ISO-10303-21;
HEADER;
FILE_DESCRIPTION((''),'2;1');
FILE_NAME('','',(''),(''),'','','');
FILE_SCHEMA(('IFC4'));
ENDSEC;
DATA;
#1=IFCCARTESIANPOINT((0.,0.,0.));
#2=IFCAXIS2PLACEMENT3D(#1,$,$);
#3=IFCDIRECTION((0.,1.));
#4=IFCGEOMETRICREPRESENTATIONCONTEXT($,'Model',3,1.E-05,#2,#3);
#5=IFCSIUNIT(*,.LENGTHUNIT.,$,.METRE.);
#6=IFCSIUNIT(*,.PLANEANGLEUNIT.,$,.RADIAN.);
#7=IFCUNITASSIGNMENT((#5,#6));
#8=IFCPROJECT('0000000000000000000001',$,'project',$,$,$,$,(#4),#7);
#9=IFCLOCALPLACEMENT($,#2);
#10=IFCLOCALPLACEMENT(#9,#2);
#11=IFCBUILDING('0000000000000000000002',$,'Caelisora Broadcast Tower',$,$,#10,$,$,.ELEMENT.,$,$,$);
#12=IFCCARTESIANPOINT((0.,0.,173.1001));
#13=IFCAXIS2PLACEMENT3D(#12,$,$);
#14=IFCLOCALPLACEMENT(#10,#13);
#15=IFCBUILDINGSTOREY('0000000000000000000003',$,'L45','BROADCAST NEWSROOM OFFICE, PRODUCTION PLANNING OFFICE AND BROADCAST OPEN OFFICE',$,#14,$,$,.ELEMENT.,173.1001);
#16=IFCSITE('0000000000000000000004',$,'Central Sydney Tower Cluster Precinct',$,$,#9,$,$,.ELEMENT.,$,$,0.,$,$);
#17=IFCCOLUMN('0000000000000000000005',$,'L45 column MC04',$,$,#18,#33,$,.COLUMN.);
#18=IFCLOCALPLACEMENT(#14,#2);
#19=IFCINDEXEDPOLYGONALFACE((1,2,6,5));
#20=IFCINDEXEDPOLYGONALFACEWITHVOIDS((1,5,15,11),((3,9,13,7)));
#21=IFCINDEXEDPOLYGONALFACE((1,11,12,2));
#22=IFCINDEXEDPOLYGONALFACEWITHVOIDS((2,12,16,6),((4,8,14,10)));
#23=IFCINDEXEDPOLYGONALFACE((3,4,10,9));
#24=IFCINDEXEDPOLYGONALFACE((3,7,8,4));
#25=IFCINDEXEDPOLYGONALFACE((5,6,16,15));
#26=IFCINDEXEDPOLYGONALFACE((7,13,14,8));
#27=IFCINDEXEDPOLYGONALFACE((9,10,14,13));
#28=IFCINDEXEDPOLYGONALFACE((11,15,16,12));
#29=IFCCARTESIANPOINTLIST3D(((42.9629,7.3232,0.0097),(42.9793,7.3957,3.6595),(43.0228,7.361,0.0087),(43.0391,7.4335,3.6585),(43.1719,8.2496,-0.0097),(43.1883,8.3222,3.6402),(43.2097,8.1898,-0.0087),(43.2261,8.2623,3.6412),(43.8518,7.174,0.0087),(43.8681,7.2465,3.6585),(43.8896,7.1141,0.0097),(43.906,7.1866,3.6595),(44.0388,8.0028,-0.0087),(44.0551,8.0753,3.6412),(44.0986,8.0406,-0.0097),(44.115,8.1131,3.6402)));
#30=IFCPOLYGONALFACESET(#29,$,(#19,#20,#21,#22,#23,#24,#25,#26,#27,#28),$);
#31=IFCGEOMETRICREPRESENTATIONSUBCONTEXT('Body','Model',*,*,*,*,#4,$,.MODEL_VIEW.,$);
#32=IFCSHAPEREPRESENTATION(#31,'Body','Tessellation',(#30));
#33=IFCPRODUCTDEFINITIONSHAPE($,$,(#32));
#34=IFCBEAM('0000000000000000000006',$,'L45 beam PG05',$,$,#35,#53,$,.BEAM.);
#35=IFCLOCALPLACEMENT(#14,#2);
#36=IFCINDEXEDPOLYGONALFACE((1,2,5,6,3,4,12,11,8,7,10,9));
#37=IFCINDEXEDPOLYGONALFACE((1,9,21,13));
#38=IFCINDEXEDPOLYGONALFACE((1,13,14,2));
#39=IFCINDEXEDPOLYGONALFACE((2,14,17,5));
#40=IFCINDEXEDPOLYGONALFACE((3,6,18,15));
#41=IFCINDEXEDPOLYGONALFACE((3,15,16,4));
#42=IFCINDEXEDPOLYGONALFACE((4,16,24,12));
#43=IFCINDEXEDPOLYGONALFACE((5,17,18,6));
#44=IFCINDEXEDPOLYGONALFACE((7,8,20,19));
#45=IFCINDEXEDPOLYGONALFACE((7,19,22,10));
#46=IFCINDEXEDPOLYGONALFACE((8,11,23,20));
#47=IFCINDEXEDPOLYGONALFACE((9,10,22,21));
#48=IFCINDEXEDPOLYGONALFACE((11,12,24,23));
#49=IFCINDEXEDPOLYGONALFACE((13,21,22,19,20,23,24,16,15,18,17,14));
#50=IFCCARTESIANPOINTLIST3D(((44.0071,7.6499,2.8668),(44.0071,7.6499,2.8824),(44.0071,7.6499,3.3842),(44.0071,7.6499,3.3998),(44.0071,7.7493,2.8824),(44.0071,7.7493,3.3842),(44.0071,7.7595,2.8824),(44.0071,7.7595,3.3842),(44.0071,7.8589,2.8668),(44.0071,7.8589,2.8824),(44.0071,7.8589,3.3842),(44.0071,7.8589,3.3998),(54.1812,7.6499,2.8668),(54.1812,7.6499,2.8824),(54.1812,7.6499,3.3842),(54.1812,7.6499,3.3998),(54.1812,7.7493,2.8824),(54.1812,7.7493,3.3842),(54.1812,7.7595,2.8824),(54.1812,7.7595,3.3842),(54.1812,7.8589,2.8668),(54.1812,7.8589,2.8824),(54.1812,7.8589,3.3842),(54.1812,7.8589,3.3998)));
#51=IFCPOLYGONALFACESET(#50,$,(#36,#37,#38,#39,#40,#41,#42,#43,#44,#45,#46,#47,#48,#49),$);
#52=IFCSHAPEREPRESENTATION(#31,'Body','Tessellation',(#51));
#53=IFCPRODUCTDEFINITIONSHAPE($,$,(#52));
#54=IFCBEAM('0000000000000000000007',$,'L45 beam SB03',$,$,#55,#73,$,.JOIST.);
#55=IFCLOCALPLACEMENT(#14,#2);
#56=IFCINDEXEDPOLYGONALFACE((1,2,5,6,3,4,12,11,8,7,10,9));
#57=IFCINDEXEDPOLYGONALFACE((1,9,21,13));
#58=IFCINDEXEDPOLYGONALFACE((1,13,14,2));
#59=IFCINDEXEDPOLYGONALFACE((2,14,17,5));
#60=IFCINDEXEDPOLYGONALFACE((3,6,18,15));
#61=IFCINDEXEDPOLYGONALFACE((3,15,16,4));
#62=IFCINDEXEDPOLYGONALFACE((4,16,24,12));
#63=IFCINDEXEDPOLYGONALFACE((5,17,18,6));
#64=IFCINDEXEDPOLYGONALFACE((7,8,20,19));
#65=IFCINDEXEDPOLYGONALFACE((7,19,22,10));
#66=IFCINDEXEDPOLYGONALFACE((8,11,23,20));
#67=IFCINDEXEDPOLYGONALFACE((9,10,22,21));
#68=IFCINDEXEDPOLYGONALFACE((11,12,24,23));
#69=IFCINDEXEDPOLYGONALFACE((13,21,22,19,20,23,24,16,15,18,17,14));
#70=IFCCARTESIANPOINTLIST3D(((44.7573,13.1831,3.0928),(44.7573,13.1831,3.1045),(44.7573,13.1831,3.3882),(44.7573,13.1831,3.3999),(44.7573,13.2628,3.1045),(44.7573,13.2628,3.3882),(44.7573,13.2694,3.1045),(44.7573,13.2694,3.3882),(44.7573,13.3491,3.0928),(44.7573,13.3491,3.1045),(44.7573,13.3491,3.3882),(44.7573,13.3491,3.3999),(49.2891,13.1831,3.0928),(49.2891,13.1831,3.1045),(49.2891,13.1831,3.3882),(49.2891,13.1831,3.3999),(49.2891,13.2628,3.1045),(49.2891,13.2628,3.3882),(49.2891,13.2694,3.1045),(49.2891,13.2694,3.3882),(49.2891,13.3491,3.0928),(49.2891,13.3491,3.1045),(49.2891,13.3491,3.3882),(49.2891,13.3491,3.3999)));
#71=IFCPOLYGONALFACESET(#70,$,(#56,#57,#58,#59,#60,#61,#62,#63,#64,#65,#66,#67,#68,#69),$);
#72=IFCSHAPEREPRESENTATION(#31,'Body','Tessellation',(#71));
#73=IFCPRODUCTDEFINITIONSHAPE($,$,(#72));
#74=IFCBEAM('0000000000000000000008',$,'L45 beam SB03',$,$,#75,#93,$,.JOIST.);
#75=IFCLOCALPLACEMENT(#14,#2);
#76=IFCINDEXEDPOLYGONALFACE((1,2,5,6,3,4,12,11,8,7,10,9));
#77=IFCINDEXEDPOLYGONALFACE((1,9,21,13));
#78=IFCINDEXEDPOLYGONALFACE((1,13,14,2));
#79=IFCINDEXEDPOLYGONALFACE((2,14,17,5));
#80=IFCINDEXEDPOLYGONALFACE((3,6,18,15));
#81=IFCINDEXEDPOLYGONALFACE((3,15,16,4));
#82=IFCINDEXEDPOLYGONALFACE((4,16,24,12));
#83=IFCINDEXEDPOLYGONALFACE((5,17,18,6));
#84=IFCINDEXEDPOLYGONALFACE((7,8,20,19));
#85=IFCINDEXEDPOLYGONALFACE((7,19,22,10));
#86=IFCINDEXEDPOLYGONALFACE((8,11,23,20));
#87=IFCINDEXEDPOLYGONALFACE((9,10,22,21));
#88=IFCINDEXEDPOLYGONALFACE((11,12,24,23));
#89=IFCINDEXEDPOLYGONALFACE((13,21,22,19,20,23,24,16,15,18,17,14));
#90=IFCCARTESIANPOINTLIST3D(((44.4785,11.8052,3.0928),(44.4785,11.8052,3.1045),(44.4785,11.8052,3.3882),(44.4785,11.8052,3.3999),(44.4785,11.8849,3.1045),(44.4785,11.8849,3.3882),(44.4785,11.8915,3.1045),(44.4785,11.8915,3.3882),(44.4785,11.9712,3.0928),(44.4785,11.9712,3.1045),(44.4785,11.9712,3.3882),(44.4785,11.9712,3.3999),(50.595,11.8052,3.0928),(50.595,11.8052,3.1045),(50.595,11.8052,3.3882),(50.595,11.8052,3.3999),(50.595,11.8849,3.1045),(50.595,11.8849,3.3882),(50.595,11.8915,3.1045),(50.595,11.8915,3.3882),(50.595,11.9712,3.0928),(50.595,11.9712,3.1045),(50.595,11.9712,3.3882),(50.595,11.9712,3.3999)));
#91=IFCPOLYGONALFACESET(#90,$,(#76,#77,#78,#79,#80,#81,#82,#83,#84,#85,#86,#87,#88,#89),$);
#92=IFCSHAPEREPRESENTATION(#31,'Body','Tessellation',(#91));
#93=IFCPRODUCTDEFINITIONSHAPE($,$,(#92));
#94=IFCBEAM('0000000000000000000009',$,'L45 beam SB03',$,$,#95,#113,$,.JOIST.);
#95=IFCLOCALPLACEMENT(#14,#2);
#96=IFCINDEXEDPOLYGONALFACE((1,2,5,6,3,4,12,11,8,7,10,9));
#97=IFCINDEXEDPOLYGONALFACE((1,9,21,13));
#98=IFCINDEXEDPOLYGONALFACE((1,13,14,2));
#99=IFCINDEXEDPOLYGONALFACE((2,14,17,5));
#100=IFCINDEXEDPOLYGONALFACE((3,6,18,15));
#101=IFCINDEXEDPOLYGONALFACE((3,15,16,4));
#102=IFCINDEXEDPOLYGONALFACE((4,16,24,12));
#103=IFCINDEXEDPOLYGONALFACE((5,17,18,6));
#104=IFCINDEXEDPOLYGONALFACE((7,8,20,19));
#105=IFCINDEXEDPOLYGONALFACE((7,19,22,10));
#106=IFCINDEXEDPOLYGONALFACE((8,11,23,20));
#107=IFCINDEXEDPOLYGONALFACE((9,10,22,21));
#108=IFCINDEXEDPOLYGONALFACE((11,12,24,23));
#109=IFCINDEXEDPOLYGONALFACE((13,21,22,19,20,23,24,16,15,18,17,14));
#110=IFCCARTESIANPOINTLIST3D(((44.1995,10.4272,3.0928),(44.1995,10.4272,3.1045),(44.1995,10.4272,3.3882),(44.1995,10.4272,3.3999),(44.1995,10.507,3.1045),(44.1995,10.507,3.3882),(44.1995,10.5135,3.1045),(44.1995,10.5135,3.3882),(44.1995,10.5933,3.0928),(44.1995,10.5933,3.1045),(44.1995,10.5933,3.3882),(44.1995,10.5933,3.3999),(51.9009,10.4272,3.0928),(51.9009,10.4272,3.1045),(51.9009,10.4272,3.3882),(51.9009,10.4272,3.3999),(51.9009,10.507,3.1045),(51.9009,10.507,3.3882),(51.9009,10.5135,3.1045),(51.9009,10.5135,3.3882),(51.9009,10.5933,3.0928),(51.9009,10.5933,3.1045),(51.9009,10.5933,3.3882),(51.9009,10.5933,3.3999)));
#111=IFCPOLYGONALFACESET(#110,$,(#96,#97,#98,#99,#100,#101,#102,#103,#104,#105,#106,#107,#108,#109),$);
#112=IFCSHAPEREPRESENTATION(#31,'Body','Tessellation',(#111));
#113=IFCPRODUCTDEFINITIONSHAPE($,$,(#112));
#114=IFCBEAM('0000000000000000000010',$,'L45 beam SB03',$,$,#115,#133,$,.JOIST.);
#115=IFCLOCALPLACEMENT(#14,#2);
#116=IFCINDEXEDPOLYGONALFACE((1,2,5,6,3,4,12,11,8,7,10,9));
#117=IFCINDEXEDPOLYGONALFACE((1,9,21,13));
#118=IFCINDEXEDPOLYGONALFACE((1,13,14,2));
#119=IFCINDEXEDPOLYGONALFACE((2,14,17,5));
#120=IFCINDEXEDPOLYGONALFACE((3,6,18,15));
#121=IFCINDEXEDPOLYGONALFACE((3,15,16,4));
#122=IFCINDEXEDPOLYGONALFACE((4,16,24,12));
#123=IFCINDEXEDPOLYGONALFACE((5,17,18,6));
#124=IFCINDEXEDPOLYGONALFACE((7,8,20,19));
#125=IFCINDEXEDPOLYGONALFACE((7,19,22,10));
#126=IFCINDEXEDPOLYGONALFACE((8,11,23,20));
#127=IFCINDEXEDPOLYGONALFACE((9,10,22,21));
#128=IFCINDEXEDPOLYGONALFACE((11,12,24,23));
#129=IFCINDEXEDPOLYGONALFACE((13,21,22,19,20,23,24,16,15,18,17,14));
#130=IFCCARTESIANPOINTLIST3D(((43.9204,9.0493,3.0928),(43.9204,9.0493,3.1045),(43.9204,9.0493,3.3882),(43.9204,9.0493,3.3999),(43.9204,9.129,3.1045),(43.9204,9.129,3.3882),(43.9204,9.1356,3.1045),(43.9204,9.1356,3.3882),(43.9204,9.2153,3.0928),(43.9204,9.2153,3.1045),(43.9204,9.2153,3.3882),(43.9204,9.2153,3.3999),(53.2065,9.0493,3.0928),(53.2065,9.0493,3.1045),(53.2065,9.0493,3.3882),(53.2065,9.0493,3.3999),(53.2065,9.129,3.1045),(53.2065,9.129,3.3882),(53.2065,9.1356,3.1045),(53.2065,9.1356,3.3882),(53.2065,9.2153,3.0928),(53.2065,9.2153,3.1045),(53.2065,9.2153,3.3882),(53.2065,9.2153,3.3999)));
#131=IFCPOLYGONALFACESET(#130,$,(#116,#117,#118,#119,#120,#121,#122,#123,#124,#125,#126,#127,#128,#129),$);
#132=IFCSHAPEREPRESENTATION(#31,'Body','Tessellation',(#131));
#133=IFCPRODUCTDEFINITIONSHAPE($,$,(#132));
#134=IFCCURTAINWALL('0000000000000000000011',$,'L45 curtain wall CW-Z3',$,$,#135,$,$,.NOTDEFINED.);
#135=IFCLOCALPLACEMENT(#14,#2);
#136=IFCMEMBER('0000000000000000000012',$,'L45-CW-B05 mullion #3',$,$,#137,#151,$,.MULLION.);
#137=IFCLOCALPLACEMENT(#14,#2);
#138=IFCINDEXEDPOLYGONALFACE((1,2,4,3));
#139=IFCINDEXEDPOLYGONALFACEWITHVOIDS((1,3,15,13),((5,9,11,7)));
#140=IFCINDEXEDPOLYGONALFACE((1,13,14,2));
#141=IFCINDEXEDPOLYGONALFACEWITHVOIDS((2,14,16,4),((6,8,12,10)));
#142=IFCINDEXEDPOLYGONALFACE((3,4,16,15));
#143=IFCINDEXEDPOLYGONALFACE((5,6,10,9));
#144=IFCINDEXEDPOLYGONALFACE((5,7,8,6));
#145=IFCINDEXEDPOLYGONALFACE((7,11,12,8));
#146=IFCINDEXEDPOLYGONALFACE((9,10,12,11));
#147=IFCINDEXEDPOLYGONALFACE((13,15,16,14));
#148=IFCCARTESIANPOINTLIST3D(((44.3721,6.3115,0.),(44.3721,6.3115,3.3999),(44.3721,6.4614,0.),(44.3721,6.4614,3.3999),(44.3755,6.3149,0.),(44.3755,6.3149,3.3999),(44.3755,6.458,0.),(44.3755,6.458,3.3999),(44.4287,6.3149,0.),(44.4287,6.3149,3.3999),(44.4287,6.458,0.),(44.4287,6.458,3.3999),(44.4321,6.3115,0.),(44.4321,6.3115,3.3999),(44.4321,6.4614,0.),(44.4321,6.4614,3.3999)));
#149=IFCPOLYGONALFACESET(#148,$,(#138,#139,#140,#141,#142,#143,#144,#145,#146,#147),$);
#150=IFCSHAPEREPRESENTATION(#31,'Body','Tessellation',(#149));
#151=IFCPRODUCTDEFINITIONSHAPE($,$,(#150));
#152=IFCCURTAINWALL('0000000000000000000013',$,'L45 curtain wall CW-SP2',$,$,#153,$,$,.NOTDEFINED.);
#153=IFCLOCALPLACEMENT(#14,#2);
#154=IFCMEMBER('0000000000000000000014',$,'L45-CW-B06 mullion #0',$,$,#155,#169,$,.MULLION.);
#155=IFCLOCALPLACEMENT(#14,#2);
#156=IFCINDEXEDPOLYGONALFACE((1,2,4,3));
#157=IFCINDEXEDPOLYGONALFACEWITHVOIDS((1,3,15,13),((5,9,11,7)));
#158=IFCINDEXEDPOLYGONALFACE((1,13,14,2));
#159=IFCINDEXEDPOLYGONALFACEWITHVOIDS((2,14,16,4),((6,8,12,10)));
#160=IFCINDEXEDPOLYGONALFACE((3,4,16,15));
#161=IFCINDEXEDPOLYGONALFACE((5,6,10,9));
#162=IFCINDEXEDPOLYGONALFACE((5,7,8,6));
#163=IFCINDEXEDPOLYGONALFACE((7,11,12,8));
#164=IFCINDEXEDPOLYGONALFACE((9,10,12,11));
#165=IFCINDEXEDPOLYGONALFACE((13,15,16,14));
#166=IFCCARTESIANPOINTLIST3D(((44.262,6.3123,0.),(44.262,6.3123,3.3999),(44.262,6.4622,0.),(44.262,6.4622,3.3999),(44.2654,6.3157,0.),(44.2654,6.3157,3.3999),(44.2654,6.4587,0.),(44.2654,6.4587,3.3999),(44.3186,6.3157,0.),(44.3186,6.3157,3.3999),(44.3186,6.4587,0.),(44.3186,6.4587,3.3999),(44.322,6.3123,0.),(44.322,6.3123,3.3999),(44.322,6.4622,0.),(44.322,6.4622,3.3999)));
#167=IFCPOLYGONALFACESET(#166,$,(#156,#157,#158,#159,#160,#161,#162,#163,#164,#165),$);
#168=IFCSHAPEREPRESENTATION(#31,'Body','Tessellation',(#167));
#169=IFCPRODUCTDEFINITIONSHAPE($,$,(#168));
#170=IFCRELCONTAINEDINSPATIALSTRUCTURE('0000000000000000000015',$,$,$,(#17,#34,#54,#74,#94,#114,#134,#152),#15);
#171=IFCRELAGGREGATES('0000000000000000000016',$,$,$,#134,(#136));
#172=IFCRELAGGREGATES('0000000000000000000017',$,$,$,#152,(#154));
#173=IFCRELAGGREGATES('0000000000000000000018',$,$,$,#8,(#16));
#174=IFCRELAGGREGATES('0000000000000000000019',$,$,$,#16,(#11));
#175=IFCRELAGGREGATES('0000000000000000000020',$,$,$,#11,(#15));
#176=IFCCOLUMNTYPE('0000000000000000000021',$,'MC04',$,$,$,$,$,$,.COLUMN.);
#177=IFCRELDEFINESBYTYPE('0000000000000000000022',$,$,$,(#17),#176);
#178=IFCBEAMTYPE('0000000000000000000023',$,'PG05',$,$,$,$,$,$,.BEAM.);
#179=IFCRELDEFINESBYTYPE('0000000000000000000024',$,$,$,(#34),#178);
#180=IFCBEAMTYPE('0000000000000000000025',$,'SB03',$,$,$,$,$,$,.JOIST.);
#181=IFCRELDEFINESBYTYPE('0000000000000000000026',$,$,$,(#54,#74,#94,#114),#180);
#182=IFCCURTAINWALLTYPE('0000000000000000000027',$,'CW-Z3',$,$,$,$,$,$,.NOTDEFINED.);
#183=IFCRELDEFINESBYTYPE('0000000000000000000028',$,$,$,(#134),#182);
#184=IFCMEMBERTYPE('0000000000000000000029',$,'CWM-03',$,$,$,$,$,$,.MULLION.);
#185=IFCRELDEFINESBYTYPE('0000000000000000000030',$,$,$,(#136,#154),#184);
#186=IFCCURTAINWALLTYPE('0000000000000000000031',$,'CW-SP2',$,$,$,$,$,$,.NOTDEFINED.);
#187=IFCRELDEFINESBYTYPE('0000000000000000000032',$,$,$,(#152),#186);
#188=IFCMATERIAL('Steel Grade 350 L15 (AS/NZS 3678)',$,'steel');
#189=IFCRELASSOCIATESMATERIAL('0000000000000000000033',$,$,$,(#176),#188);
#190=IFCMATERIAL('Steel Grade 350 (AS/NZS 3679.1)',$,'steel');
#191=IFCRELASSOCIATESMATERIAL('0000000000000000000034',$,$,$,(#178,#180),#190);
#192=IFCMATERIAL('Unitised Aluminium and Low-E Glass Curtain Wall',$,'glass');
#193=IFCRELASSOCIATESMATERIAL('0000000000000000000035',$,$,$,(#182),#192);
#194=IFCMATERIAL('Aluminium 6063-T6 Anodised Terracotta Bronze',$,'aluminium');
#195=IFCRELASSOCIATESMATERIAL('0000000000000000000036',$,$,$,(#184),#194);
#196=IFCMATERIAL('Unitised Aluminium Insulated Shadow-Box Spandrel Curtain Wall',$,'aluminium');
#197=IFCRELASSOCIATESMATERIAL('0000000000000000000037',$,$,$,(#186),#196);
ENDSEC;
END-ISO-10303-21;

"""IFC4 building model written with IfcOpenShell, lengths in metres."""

from ifc_helpers import new_model, si_unit, direction, frame, origin, origin_2d, place, context, subcontext, project, spatial, hollow_rectangle, i_section, extrude, source, transform, mapped, material, material_profile, profile_set, type_object, type_shapes, element, aggregate, save


model = new_model("IFC4")

# Units and contexts
model_context = context("Model", 3, precision=1e-05, world=origin(), true_north=direction((0.0, 1.0)))
body_context = subcontext(model_context, "Body", "Model", "MODEL_VIEW")
ifc_project = project(units=[si_unit("LENGTHUNIT", "METRE"), si_unit("PLANEANGLEUNIT", "RADIAN")], contexts=[model_context])

# Site, building, storey
site_placement = place(None, origin())
site = spatial("IfcSite", under=ifc_project, at=site_placement, Name="Central Sydney Tower Cluster Precinct", CompositionType="ELEMENT", RefElevation=0.0)
building_placement = place(site_placement, origin())
building = spatial("IfcBuilding", under=site, at=building_placement, Name="Caelisora Broadcast Tower", CompositionType="ELEMENT")
storey_placement = place(building_placement, frame((0.0, 0.0, 173.1001)))
storey = spatial("IfcBuildingStorey", under=building, at=storey_placement, Name="L45", Description="BROADCAST NEWSROOM OFFICE, PRODUCTION PLANNING OFFICE AND BROADCAST OPEN OFFICE", CompositionType="ELEMENT", Elevation=173.1001)

# Column
ifc_material_1 = material(Name="Steel Grade 350 L15 (AS/NZS 3678)", Category="steel")
ifc_material_profile_1 = material_profile(ifc_material_1, hollow_rectangle(XDim=0.95, YDim=0.95, WallThickness=0.05, at=origin_2d()), Name="Steel Grade 350 L15 (AS/NZS 3678)")
ifc_profile_set_1 = profile_set([ifc_material_profile_1], Name="Steel Grade 350 L15 (AS/NZS 3678)")
column_type = type_object("IfcColumnType", Name="MC04", PredefinedType="COLUMN", material=ifc_profile_set_1)
shared_shape_1 = source(origin(), body_context, "Body", "SweptSolid", [
    extrude(hollow_rectangle(XDim=0.95, YDim=0.95, WallThickness=0.05, at=origin_2d()), origin(), (0.0, 0.0, 1.0), 3.6506),
])
type_shapes(column_type, [shared_shape_1])
column_placement = place(storey_placement, frame((43.5308, 7.6819, 0.0), z_axis=(0.004481, 0.019862, 0.999793), x_axis=(-0.975487, 0.220059, 0.0)))
element("IfcColumn", 1, at=column_placement, inside=storey, type_object=column_type, Name="L45 column MC04", PredefinedType="COLUMN", context=body_context, shape_type="MappedRepresentation", body=[
    mapped(shared_shape_1, transform((0.0, 0.0, 0.0), scale=1.0)),
])

# Beams
ifc_material_2 = material(Name="Steel Grade 350 (AS/NZS 3679.1)", Category="steel")
ifc_material_profile_2 = material_profile(ifc_material_2, i_section(OverallWidth=0.209, OverallDepth=0.533, WebThickness=0.0103, FlangeThickness=0.0156, at=origin_2d()), Name="Steel Grade 350 (AS/NZS 3679.1)")
ifc_profile_set_2 = profile_set([ifc_material_profile_2], Name="Steel Grade 350 (AS/NZS 3679.1)")
beam_type_1 = type_object("IfcBeamType", Name="PG05", PredefinedType="BEAM", material=ifc_profile_set_2)
shared_shape_2 = source(origin(), body_context, "Body", "SweptSolid", [
    extrude(i_section(OverallWidth=0.209, OverallDepth=0.533, WebThickness=0.0103, FlangeThickness=0.0156, at=origin_2d()), origin(), (0.0, 0.0, 1.0), 10.1741),
])
type_shapes(beam_type_1, [shared_shape_2])
beam_1_placement = place(storey_placement, frame((44.0071, 7.7544, 3.1333), z_axis=(1.0, 0.0, 0.0), x_axis=(0.0, 1.0, 0.0)))
element("IfcBeam", 2, at=beam_1_placement, inside=storey, type_object=beam_type_1, Name="L45 beam PG05", PredefinedType="BEAM", context=body_context, shape_type="MappedRepresentation", body=[
    mapped(shared_shape_2, transform((0.0, 0.0, 0.0), scale=1.0)),
])
ifc_material_profile_3 = material_profile(ifc_material_2, i_section(OverallWidth=0.166, OverallDepth=0.3071, WebThickness=0.0066, FlangeThickness=0.0117, at=origin_2d()), Name="Steel Grade 350 (AS/NZS 3679.1)")
ifc_profile_set_3 = profile_set([ifc_material_profile_3], Name="Steel Grade 350 (AS/NZS 3679.1)")
beam_type_2 = type_object("IfcBeamType", Name="SB03", PredefinedType="JOIST", material=ifc_profile_set_3)
shared_shape_3 = source(origin(), body_context, "Body", "SweptSolid", [
    extrude(i_section(OverallWidth=0.166, OverallDepth=0.3071, WebThickness=0.0066, FlangeThickness=0.0117, at=origin_2d()), origin(), (0.0, 0.0, 1.0), 4.5317),
])
beam_2_placement = place(storey_placement, frame((44.7573, 13.2661, 3.2463), z_axis=(1.0, 0.0, 0.0), x_axis=(0.0, 1.0, 0.0)))
element("IfcBeam", 3, at=beam_2_placement, inside=storey, type_object=beam_type_2, Name="L45 beam SB03", PredefinedType="JOIST", context=body_context, shape_type="MappedRepresentation", body=[
    mapped(shared_shape_3, transform((0.0, 0.0, 0.0), scale=1.0)),
])
shared_shape_4 = source(origin(), body_context, "Body", "SweptSolid", [
    extrude(i_section(OverallWidth=0.166, OverallDepth=0.3071, WebThickness=0.0066, FlangeThickness=0.0117, at=origin_2d()), origin(), (0.0, 0.0, 1.0), 6.1165),
])
beam_3_placement = place(storey_placement, frame((44.4785, 11.8882, 3.2463), z_axis=(1.0, 0.0, 0.0), x_axis=(0.0, 1.0, 0.0)))
element("IfcBeam", 4, at=beam_3_placement, inside=storey, type_object=beam_type_2, Name="L45 beam SB03", PredefinedType="JOIST", context=body_context, shape_type="MappedRepresentation", body=[
    mapped(shared_shape_4, transform((0.0, 0.0, 0.0), scale=1.0)),
])
shared_shape_5 = source(origin(), body_context, "Body", "SweptSolid", [
    extrude(i_section(OverallWidth=0.166, OverallDepth=0.3071, WebThickness=0.0066, FlangeThickness=0.0117, at=origin_2d()), origin(), (0.0, 0.0, 1.0), 7.7014),
])
beam_4_placement = place(storey_placement, frame((44.1995, 10.5103, 3.2463), z_axis=(1.0, 0.0, 0.0), x_axis=(0.0, 1.0, 0.0)))
element("IfcBeam", 5, at=beam_4_placement, inside=storey, type_object=beam_type_2, Name="L45 beam SB03", PredefinedType="JOIST", context=body_context, shape_type="MappedRepresentation", body=[
    mapped(shared_shape_5, transform((0.0, 0.0, 0.0), scale=1.0)),
])
shared_shape_6 = source(origin(), body_context, "Body", "SweptSolid", [
    extrude(i_section(OverallWidth=0.166, OverallDepth=0.3071, WebThickness=0.0066, FlangeThickness=0.0117, at=origin_2d()), origin(), (0.0, 0.0, 1.0), 9.2861),
])
type_shapes(beam_type_2, [shared_shape_3, shared_shape_4, shared_shape_5, shared_shape_6])
beam_5_placement = place(storey_placement, frame((43.9204, 9.1323, 3.2463), z_axis=(1.0, 0.0, 0.0), x_axis=(0.0, 1.0, 0.0)))
element("IfcBeam", 6, at=beam_5_placement, inside=storey, type_object=beam_type_2, Name="L45 beam SB03", PredefinedType="JOIST", context=body_context, shape_type="MappedRepresentation", body=[
    mapped(shared_shape_6, transform((0.0, 0.0, 0.0), scale=1.0)),
])

# Curtain wall, member
ifc_material_3 = material(Name="Unitised Aluminium and Low-E Glass Curtain Wall", Category="glass")
curtain_wall_type_1 = type_object("IfcCurtainWallType", Name="CW-Z3", PredefinedType="NOTDEFINED", material=ifc_material_3)
curtain_wall_1_placement = place(storey_placement, origin())
curtain_wall_1 = element("IfcCurtainWall", 7, at=curtain_wall_1_placement, inside=storey, type_object=curtain_wall_type_1, Name="L45 curtain wall CW-Z3", PredefinedType="NOTDEFINED")
ifc_material_4 = material(Name="Aluminium 6063-T6 Anodised Terracotta Bronze", Category="aluminium")
ifc_material_profile_4 = material_profile(ifc_material_4, hollow_rectangle(XDim=0.0601, YDim=0.1499, WallThickness=0.0034, at=origin_2d()), Name="Aluminium 6063-T6 Anodised Terracotta Bronze")
ifc_profile_set_4 = profile_set([ifc_material_profile_4], Name="Aluminium 6063-T6 Anodised Terracotta Bronze")
member_type_1 = type_object("IfcMemberType", Name="CWM-03", PredefinedType="MULLION", material=ifc_profile_set_4)
shared_shape_7 = source(origin(), body_context, "Body", "SweptSolid", [
    extrude(hollow_rectangle(XDim=0.0601, YDim=0.1499, WallThickness=0.0034, at=origin_2d()), origin(), (0.0, 0.0, 1.0), 3.3999),
])
type_shapes(member_type_1, [shared_shape_7])
member_1_placement = place(storey_placement, frame((44.4021, 6.3865, 0.0), z_axis=(0.0, 0.0, 1.0), x_axis=(1.0, 0.0, 0.0)))
member_1 = element("IfcMember", 8, at=member_1_placement, type_object=member_type_1, Name="L45-CW-B05 mullion #3", PredefinedType="MULLION", context=body_context, shape_type="MappedRepresentation", body=[
    mapped(shared_shape_7, transform((0.0, 0.0, 0.0), scale=1.0)),
])
aggregate(curtain_wall_1, [member_1])

# Curtain wall, member
ifc_material_5 = material(Name="Unitised Aluminium Insulated Shadow-Box Spandrel Curtain Wall", Category="aluminium")
curtain_wall_type_2 = type_object("IfcCurtainWallType", Name="CW-SP2", PredefinedType="NOTDEFINED", material=ifc_material_5)
curtain_wall_2_placement = place(storey_placement, origin())
curtain_wall_2 = element("IfcCurtainWall", 9, at=curtain_wall_2_placement, inside=storey, type_object=curtain_wall_type_2, Name="L45 curtain wall CW-SP2", PredefinedType="NOTDEFINED")
member_2_placement = place(storey_placement, frame((44.292, 6.3872, 0.0), z_axis=(0.0, 0.0, 1.0), x_axis=(1.0, 0.0, 0.0)))
member_2 = element("IfcMember", 10, at=member_2_placement, type_object=member_type_1, Name="L45-CW-B06 mullion #0", PredefinedType="MULLION", context=body_context, shape_type="MappedRepresentation", body=[
    mapped(shared_shape_7, transform((0.0, 0.0, 0.0), scale=1.0)),
])

aggregate(curtain_wall_2, [member_2])

save(model, "model.ifc")
